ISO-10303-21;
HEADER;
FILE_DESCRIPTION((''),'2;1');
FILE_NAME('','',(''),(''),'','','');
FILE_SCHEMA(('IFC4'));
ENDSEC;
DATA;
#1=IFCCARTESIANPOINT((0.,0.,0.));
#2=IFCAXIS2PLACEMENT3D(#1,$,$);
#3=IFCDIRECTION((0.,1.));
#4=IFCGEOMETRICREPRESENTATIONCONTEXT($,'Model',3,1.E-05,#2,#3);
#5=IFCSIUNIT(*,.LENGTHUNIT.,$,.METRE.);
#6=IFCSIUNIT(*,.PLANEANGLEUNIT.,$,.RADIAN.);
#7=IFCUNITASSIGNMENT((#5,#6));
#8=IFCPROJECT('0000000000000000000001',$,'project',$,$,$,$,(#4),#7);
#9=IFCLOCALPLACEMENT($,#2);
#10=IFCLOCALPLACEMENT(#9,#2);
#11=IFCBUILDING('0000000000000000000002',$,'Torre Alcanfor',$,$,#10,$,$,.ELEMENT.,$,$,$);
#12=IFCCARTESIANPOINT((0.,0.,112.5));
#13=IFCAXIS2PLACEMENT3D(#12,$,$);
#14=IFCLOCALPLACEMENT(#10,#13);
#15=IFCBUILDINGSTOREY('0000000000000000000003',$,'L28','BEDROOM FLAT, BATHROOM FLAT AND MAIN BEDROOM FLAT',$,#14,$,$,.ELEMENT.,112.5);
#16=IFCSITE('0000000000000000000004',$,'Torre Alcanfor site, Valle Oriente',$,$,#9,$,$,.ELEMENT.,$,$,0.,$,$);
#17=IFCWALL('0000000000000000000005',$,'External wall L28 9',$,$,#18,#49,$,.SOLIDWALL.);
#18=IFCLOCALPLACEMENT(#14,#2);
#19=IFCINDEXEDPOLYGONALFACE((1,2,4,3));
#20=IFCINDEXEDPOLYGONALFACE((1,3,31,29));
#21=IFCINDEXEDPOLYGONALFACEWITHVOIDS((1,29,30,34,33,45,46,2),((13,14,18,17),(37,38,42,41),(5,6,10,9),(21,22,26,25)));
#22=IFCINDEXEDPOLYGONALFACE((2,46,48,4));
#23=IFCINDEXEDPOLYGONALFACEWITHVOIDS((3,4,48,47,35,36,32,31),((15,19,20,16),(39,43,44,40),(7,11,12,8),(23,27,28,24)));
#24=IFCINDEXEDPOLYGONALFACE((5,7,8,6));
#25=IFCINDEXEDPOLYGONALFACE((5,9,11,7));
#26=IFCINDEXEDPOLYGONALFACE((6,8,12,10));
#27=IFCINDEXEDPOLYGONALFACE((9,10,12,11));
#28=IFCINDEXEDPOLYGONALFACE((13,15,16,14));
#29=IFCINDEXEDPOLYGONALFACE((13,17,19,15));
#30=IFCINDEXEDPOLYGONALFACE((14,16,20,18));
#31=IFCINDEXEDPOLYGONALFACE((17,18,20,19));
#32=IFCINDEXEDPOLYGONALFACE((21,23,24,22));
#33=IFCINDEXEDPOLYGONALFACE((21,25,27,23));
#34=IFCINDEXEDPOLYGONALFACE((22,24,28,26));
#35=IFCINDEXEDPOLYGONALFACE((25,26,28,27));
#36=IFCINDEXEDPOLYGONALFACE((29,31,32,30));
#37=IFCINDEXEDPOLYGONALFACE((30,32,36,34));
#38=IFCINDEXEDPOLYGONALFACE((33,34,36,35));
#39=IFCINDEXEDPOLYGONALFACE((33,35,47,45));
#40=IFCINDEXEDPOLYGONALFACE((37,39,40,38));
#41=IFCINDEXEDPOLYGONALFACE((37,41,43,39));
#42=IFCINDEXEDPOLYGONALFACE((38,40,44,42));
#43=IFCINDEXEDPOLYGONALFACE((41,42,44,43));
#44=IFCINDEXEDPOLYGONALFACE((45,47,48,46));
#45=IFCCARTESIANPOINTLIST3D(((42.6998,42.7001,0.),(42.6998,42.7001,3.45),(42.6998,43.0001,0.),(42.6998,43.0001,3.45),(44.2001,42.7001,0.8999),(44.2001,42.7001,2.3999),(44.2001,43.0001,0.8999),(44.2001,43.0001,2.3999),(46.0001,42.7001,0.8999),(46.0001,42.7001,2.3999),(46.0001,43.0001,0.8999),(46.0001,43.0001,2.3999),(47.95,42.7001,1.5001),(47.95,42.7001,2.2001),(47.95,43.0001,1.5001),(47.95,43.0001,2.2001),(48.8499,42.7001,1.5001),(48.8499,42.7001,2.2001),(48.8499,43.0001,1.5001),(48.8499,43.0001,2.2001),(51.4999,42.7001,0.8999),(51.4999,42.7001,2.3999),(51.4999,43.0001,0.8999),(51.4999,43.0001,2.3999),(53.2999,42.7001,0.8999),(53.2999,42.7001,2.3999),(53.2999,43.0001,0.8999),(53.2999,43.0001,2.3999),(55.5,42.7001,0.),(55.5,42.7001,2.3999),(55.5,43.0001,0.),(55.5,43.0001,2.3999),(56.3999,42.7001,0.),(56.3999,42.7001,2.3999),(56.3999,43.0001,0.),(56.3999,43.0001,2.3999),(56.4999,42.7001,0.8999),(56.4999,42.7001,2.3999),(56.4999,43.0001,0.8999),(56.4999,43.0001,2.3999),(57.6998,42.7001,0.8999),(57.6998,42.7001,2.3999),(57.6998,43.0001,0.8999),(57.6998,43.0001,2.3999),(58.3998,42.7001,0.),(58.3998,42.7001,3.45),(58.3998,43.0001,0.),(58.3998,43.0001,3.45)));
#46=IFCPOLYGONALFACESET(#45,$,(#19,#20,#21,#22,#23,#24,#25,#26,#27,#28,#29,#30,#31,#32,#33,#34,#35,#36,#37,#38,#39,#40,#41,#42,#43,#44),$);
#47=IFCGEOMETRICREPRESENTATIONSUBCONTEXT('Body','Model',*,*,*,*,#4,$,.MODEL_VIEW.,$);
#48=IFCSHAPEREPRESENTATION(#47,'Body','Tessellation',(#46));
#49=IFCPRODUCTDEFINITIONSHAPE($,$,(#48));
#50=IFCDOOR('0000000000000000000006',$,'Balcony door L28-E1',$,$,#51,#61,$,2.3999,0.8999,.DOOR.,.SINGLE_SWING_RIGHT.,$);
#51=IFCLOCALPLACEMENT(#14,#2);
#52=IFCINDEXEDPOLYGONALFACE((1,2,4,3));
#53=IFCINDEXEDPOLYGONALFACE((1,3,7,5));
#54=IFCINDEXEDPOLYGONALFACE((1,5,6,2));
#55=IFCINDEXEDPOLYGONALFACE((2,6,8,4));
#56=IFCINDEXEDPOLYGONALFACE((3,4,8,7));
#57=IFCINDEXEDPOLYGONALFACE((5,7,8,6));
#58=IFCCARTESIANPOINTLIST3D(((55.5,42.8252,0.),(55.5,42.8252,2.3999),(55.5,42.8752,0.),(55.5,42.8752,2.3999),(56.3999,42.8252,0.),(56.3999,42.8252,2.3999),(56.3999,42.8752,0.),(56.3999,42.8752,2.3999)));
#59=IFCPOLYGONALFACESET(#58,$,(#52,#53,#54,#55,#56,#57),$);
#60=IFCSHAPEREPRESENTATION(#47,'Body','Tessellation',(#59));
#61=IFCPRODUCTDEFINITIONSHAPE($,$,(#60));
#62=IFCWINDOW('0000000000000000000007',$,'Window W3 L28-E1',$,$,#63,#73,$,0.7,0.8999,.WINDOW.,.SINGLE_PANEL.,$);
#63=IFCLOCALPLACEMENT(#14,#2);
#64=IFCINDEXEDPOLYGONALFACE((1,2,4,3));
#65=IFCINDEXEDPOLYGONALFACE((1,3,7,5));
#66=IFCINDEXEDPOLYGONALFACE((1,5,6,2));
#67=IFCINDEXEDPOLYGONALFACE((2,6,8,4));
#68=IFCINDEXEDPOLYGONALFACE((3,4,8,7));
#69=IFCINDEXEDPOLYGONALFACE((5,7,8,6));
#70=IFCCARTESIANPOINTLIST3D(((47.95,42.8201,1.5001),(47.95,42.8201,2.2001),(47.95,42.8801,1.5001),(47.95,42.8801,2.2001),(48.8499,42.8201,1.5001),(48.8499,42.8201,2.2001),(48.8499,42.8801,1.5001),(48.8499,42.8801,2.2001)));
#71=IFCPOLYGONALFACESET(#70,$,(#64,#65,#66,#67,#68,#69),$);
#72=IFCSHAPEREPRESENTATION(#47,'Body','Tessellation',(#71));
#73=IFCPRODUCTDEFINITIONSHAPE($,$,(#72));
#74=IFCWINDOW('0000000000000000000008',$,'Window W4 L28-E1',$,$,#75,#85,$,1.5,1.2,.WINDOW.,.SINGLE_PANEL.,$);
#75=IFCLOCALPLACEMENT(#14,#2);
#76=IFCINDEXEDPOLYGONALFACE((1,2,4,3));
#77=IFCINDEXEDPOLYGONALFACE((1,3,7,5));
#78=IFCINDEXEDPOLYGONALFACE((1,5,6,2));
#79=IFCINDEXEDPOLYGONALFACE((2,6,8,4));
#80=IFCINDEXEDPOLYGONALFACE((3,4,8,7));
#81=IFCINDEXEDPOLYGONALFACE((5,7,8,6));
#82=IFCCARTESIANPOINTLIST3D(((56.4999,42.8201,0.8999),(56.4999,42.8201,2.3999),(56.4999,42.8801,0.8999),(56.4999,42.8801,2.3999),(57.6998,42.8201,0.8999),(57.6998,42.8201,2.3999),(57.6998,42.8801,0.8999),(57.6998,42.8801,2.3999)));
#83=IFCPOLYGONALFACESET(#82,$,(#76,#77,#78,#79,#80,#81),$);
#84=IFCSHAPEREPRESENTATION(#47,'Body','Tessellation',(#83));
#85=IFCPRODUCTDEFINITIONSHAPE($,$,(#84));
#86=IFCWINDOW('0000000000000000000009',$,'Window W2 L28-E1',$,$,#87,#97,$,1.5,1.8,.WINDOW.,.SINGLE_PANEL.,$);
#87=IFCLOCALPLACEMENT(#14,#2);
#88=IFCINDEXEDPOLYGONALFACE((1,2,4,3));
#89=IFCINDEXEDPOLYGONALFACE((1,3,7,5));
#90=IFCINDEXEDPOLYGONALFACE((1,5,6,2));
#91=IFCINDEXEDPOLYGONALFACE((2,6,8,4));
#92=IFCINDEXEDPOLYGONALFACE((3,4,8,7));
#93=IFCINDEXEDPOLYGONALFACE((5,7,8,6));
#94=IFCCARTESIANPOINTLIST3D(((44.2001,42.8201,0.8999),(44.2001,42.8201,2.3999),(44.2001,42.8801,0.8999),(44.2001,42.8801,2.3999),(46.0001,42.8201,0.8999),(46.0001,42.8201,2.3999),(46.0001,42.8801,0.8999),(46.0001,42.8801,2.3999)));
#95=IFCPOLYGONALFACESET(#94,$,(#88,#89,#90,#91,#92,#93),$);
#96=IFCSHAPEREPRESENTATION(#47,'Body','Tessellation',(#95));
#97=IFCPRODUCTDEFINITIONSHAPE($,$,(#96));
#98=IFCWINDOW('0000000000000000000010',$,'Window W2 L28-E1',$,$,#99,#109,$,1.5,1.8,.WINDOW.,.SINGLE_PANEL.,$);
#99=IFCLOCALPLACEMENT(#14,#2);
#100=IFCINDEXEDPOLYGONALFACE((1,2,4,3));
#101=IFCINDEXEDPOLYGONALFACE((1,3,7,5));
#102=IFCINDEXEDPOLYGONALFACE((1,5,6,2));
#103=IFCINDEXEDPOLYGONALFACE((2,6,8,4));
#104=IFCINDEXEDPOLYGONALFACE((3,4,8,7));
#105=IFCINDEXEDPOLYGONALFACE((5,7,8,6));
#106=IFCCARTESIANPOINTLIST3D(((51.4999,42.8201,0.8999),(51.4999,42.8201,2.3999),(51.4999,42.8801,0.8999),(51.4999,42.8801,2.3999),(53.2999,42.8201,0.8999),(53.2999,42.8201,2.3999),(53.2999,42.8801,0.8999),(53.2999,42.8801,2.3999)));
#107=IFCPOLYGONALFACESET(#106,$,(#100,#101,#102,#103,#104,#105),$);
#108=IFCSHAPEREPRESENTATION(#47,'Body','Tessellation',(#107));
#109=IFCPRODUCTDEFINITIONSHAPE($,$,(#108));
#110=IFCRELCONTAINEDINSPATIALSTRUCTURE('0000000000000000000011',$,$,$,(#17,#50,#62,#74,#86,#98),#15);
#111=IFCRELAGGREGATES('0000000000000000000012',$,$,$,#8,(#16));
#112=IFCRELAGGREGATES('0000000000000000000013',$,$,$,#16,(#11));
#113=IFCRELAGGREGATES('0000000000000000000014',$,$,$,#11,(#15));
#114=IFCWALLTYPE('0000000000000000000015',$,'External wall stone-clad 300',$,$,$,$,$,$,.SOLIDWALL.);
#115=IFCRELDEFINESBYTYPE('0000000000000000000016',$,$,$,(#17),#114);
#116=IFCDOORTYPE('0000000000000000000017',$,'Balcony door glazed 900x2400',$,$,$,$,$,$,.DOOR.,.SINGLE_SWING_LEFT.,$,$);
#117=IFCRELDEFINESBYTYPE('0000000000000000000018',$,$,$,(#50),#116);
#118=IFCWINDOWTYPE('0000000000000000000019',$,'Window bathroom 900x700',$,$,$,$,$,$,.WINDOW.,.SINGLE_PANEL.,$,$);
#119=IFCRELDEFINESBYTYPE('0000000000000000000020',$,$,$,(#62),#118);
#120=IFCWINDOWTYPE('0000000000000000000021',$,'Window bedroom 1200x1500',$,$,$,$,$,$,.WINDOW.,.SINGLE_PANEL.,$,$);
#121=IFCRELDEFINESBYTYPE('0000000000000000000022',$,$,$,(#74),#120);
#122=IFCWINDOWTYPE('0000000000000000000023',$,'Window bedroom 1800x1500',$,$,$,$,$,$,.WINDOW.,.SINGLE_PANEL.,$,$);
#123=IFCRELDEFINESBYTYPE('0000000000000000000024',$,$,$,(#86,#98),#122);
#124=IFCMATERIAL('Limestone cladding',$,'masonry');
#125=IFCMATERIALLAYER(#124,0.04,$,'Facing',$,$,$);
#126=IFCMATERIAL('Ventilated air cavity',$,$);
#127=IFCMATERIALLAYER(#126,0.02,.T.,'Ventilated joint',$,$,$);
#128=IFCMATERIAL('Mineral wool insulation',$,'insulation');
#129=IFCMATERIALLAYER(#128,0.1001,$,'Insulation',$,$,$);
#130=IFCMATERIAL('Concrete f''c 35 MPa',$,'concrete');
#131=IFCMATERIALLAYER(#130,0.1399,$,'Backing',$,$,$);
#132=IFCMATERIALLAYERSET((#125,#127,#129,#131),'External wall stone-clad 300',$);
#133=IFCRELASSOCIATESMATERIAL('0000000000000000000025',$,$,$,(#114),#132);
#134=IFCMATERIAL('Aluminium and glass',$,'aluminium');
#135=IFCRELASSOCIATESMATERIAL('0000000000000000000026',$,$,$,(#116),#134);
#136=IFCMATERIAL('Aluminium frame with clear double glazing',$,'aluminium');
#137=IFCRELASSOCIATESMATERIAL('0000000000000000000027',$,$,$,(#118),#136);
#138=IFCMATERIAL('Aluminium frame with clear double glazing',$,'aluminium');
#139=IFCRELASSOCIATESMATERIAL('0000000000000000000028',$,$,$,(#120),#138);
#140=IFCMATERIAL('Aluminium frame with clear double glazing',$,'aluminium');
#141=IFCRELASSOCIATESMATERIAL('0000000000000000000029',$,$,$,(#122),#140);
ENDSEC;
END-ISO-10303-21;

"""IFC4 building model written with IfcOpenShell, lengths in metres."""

from ifc_helpers import new_model, si_unit, direction, frame, frame_2d, origin, place, context, subcontext, project, spatial, rectangle, extrude, material, layer, layer_set, type_object, element, fill, save


model = new_model("IFC4")

# Units and contexts
model_context = context("Model", 3, precision=1e-05, world=origin(), true_north=direction((0.0, 1.0)))
body_context = subcontext(model_context, "Body", "Model", "MODEL_VIEW")
ifc_project = project(units=[si_unit("LENGTHUNIT", "METRE"), si_unit("PLANEANGLEUNIT", "RADIAN")], contexts=[model_context])

# Site, building, storey
site_placement = place(None, origin())
site = spatial("IfcSite", under=ifc_project, at=site_placement, Name="Torre Alcanfor site, Valle Oriente", CompositionType="ELEMENT", RefElevation=0.0)
building_placement = place(site_placement, origin())
building = spatial("IfcBuilding", under=site, at=building_placement, Name="Torre Alcanfor", CompositionType="ELEMENT")
storey_placement = place(building_placement, frame((0.0, 0.0, 112.5)))
storey = spatial("IfcBuildingStorey", under=building, at=storey_placement, Name="L28", Description="BEDROOM FLAT, BATHROOM FLAT AND MAIN BEDROOM FLAT", CompositionType="ELEMENT", Elevation=112.5)

# Wall, openings, door, windows
ifc_material_1 = material(Name="Limestone cladding", Category="masonry")
ifc_layer_1 = layer(ifc_material_1, 0.04, Name="Facing")
ifc_material_2 = material(Name="Ventilated air cavity")
ifc_layer_2 = layer(ifc_material_2, 0.02, ventilated=True, Name="Ventilated joint")
ifc_material_3 = material(Name="Mineral wool insulation", Category="insulation")
ifc_layer_3 = layer(ifc_material_3, 0.1001, Name="Insulation")
ifc_material_4 = material(Name="Concrete f'c 35 MPa", Category="concrete")
ifc_layer_4 = layer(ifc_material_4, 0.1399, Name="Backing")
ifc_layer_set_1 = layer_set([ifc_layer_1, ifc_layer_2, ifc_layer_3, ifc_layer_4], Name="External wall stone-clad 300")
wall_type_1 = type_object("IfcWallType", Name="External wall stone-clad 300", PredefinedType="SOLIDWALL", material=ifc_layer_set_1)
wall_1_placement = place(storey_placement, frame((58.3999, 42.8501, 0.0), z_axis=(0.0, 0.0, 1.0), x_axis=(-1.0, 0.0, 0.0)))
wall_1 = element("IfcWall", 1, at=wall_1_placement, inside=storey, type_object=wall_type_1, Name="External wall L28 9", PredefinedType="SOLIDWALL", context=body_context, shape_type="SweptSolid", body=[
    extrude(rectangle(XDim=15.7, YDim=0.3, at=frame_2d((7.8501, 0.0))), origin(), (0.0, 0.0, 1.0), 3.45),
])
opening_1_placement = place(wall_1_placement, frame((12.3999, 0.0, 0.8999)))
opening_1 = element("IfcOpeningElement", 2, at=opening_1_placement, cuts=wall_1, PredefinedType="OPENING", context=body_context, shape_type="SweptSolid", body=[
    extrude(rectangle(XDim=1.8, YDim=1.5, at=frame_2d((0.8999, 0.75))), frame((0.0, 0.1599, 0.0), z_axis=(0.0, -1.0, 0.0), x_axis=(1.0, 0.0, 0.0)), (0.0, 0.0, 1.0), 0.3201),
])
opening_2_placement = place(wall_1_placement, frame((9.55, 0.0, 1.5)))
opening_2 = element("IfcOpeningElement", 3, at=opening_2_placement, cuts=wall_1, PredefinedType="OPENING", context=body_context, shape_type="SweptSolid", body=[
    extrude(rectangle(XDim=0.8999, YDim=0.7, at=frame_2d((0.45, 0.3501))), frame((0.0, 0.1599, 0.0), z_axis=(0.0, -1.0, 0.0), x_axis=(1.0, 0.0, 0.0)), (0.0, 0.0, 1.0), 0.3201),
])
opening_3_placement = place(wall_1_placement, frame((5.1001, 0.0, 0.8999)))
opening_3 = element("IfcOpeningElement", 4, at=opening_3_placement, cuts=wall_1, PredefinedType="OPENING", context=body_context, shape_type="SweptSolid", body=[
    extrude(rectangle(XDim=1.8, YDim=1.5, at=frame_2d((0.8999, 0.75))), frame((0.0, 0.1599, 0.0), z_axis=(0.0, -1.0, 0.0), x_axis=(1.0, 0.0, 0.0)), (0.0, 0.0, 1.0), 0.3201),
])
opening_4_placement = place(wall_1_placement, frame((2.0, 0.0, 0.0)))
opening_4 = element("IfcOpeningElement", 5, at=opening_4_placement, cuts=wall_1, PredefinedType="OPENING", context=body_context, shape_type="SweptSolid", body=[
    extrude(rectangle(XDim=0.8999, YDim=2.3999, at=frame_2d((0.45, 1.2))), frame((0.0, 0.1599, 0.0), z_axis=(0.0, -1.0, 0.0), x_axis=(1.0, 0.0, 0.0)), (0.0, 0.0, 1.0), 0.3201),
])
opening_5_placement = place(wall_1_placement, frame((0.7, 0.0, 0.8999)))
opening_5 = element("IfcOpeningElement", 6, at=opening_5_placement, cuts=wall_1, PredefinedType="OPENING", context=body_context, shape_type="SweptSolid", body=[
    extrude(rectangle(XDim=1.2, YDim=1.5, at=frame_2d((0.6001, 0.75))), frame((0.0, 0.1599, 0.0), z_axis=(0.0, -1.0, 0.0), x_axis=(1.0, 0.0, 0.0)), (0.0, 0.0, 1.0), 0.3201),
])
ifc_material_5 = material(Name="Aluminium and glass", Category="aluminium")
door_type_1 = type_object("IfcDoorType", Name="Balcony door glazed 900x2400", OperationType="SINGLE_SWING_LEFT", PredefinedType="DOOR", material=ifc_material_5)
door_1_placement = place(opening_4_placement, origin())
door_1 = element("IfcDoor", 7, at=door_1_placement, inside=storey, type_object=door_type_1, Name="Balcony door L28-E1", OperationType="SINGLE_SWING_RIGHT", OverallHeight=2.3999, OverallWidth=0.8999, PredefinedType="DOOR", context=body_context, shape_type="SweptSolid", body=[
    extrude(rectangle(XDim=0.8999, YDim=2.3999, at=frame_2d((0.45, 1.2))), frame((0.0, 0.0249, 0.0), z_axis=(0.0, -1.0, 0.0), x_axis=(1.0, 0.0, 0.0)), (0.0, 0.0, 1.0), 0.05),
])
fill(opening_4, door_1)
ifc_material_6 = material(Name="Aluminium frame with clear double glazing", Category="aluminium")
window_type_1 = type_object("IfcWindowType", Name="Window bathroom 900x700", PartitioningType="SINGLE_PANEL", PredefinedType="WINDOW", material=ifc_material_6)
window_1_placement = place(opening_2_placement, origin())
window_1 = element("IfcWindow", 8, at=window_1_placement, inside=storey, type_object=window_type_1, Name="Window W3 L28-E1", OverallHeight=0.7, OverallWidth=0.8999, PartitioningType="SINGLE_PANEL", PredefinedType="WINDOW", context=body_context, shape_type="SweptSolid", body=[
    extrude(rectangle(XDim=0.8999, YDim=0.7, at=frame_2d((0.45, 0.3501))), frame((0.0, 0.03, 0.0), z_axis=(0.0, -1.0, 0.0), x_axis=(1.0, 0.0, 0.0)), (0.0, 0.0, 1.0), 0.0601),
])
fill(opening_2, window_1)
ifc_material_7 = material(Name="Aluminium frame with clear double glazing", Category="aluminium")
window_type_2 = type_object("IfcWindowType", Name="Window bedroom 1200x1500", PartitioningType="SINGLE_PANEL", PredefinedType="WINDOW", material=ifc_material_7)
window_2_placement = place(opening_5_placement, origin())
window_2 = element("IfcWindow", 9, at=window_2_placement, inside=storey, type_object=window_type_2, Name="Window W4 L28-E1", OverallHeight=1.5, OverallWidth=1.2, PartitioningType="SINGLE_PANEL", PredefinedType="WINDOW", context=body_context, shape_type="SweptSolid", body=[
    extrude(rectangle(XDim=1.2, YDim=1.5, at=frame_2d((0.6001, 0.75))), frame((0.0, 0.03, 0.0), z_axis=(0.0, -1.0, 0.0), x_axis=(1.0, 0.0, 0.0)), (0.0, 0.0, 1.0), 0.0601),
])
fill(opening_5, window_2)
ifc_material_8 = material(Name="Aluminium frame with clear double glazing", Category="aluminium")
window_type_3 = type_object("IfcWindowType", Name="Window bedroom 1800x1500", PartitioningType="SINGLE_PANEL", PredefinedType="WINDOW", material=ifc_material_8)
window_3_placement = place(opening_1_placement, origin())
window_3 = element("IfcWindow", 10, at=window_3_placement, inside=storey, type_object=window_type_3, Name="Window W2 L28-E1", OverallHeight=1.5, OverallWidth=1.8, PartitioningType="SINGLE_PANEL", PredefinedType="WINDOW", context=body_context, shape_type="SweptSolid", body=[
    extrude(rectangle(XDim=1.8, YDim=1.5, at=frame_2d((0.8999, 0.75))), frame((0.0, 0.03, 0.0), z_axis=(0.0, -1.0, 0.0), x_axis=(1.0, 0.0, 0.0)), (0.0, 0.0, 1.0), 0.0601),
])
fill(opening_1, window_3)
window_4_placement = place(opening_3_placement, origin())
window_4 = element("IfcWindow", 11, at=window_4_placement, inside=storey, type_object=window_type_3, Name="Window W2 L28-E1", OverallHeight=1.5, OverallWidth=1.8, PartitioningType="SINGLE_PANEL", PredefinedType="WINDOW", context=body_context, shape_type="SweptSolid", body=[
    extrude(rectangle(XDim=1.8, YDim=1.5, at=frame_2d((0.8999, 0.75))), frame((0.0, 0.03, 0.0), z_axis=(0.0, -1.0, 0.0), x_axis=(1.0, 0.0, 0.0)), (0.0, 0.0, 1.0), 0.0601),
])
fill(opening_3, window_4)

save(model, "model.ifc")
